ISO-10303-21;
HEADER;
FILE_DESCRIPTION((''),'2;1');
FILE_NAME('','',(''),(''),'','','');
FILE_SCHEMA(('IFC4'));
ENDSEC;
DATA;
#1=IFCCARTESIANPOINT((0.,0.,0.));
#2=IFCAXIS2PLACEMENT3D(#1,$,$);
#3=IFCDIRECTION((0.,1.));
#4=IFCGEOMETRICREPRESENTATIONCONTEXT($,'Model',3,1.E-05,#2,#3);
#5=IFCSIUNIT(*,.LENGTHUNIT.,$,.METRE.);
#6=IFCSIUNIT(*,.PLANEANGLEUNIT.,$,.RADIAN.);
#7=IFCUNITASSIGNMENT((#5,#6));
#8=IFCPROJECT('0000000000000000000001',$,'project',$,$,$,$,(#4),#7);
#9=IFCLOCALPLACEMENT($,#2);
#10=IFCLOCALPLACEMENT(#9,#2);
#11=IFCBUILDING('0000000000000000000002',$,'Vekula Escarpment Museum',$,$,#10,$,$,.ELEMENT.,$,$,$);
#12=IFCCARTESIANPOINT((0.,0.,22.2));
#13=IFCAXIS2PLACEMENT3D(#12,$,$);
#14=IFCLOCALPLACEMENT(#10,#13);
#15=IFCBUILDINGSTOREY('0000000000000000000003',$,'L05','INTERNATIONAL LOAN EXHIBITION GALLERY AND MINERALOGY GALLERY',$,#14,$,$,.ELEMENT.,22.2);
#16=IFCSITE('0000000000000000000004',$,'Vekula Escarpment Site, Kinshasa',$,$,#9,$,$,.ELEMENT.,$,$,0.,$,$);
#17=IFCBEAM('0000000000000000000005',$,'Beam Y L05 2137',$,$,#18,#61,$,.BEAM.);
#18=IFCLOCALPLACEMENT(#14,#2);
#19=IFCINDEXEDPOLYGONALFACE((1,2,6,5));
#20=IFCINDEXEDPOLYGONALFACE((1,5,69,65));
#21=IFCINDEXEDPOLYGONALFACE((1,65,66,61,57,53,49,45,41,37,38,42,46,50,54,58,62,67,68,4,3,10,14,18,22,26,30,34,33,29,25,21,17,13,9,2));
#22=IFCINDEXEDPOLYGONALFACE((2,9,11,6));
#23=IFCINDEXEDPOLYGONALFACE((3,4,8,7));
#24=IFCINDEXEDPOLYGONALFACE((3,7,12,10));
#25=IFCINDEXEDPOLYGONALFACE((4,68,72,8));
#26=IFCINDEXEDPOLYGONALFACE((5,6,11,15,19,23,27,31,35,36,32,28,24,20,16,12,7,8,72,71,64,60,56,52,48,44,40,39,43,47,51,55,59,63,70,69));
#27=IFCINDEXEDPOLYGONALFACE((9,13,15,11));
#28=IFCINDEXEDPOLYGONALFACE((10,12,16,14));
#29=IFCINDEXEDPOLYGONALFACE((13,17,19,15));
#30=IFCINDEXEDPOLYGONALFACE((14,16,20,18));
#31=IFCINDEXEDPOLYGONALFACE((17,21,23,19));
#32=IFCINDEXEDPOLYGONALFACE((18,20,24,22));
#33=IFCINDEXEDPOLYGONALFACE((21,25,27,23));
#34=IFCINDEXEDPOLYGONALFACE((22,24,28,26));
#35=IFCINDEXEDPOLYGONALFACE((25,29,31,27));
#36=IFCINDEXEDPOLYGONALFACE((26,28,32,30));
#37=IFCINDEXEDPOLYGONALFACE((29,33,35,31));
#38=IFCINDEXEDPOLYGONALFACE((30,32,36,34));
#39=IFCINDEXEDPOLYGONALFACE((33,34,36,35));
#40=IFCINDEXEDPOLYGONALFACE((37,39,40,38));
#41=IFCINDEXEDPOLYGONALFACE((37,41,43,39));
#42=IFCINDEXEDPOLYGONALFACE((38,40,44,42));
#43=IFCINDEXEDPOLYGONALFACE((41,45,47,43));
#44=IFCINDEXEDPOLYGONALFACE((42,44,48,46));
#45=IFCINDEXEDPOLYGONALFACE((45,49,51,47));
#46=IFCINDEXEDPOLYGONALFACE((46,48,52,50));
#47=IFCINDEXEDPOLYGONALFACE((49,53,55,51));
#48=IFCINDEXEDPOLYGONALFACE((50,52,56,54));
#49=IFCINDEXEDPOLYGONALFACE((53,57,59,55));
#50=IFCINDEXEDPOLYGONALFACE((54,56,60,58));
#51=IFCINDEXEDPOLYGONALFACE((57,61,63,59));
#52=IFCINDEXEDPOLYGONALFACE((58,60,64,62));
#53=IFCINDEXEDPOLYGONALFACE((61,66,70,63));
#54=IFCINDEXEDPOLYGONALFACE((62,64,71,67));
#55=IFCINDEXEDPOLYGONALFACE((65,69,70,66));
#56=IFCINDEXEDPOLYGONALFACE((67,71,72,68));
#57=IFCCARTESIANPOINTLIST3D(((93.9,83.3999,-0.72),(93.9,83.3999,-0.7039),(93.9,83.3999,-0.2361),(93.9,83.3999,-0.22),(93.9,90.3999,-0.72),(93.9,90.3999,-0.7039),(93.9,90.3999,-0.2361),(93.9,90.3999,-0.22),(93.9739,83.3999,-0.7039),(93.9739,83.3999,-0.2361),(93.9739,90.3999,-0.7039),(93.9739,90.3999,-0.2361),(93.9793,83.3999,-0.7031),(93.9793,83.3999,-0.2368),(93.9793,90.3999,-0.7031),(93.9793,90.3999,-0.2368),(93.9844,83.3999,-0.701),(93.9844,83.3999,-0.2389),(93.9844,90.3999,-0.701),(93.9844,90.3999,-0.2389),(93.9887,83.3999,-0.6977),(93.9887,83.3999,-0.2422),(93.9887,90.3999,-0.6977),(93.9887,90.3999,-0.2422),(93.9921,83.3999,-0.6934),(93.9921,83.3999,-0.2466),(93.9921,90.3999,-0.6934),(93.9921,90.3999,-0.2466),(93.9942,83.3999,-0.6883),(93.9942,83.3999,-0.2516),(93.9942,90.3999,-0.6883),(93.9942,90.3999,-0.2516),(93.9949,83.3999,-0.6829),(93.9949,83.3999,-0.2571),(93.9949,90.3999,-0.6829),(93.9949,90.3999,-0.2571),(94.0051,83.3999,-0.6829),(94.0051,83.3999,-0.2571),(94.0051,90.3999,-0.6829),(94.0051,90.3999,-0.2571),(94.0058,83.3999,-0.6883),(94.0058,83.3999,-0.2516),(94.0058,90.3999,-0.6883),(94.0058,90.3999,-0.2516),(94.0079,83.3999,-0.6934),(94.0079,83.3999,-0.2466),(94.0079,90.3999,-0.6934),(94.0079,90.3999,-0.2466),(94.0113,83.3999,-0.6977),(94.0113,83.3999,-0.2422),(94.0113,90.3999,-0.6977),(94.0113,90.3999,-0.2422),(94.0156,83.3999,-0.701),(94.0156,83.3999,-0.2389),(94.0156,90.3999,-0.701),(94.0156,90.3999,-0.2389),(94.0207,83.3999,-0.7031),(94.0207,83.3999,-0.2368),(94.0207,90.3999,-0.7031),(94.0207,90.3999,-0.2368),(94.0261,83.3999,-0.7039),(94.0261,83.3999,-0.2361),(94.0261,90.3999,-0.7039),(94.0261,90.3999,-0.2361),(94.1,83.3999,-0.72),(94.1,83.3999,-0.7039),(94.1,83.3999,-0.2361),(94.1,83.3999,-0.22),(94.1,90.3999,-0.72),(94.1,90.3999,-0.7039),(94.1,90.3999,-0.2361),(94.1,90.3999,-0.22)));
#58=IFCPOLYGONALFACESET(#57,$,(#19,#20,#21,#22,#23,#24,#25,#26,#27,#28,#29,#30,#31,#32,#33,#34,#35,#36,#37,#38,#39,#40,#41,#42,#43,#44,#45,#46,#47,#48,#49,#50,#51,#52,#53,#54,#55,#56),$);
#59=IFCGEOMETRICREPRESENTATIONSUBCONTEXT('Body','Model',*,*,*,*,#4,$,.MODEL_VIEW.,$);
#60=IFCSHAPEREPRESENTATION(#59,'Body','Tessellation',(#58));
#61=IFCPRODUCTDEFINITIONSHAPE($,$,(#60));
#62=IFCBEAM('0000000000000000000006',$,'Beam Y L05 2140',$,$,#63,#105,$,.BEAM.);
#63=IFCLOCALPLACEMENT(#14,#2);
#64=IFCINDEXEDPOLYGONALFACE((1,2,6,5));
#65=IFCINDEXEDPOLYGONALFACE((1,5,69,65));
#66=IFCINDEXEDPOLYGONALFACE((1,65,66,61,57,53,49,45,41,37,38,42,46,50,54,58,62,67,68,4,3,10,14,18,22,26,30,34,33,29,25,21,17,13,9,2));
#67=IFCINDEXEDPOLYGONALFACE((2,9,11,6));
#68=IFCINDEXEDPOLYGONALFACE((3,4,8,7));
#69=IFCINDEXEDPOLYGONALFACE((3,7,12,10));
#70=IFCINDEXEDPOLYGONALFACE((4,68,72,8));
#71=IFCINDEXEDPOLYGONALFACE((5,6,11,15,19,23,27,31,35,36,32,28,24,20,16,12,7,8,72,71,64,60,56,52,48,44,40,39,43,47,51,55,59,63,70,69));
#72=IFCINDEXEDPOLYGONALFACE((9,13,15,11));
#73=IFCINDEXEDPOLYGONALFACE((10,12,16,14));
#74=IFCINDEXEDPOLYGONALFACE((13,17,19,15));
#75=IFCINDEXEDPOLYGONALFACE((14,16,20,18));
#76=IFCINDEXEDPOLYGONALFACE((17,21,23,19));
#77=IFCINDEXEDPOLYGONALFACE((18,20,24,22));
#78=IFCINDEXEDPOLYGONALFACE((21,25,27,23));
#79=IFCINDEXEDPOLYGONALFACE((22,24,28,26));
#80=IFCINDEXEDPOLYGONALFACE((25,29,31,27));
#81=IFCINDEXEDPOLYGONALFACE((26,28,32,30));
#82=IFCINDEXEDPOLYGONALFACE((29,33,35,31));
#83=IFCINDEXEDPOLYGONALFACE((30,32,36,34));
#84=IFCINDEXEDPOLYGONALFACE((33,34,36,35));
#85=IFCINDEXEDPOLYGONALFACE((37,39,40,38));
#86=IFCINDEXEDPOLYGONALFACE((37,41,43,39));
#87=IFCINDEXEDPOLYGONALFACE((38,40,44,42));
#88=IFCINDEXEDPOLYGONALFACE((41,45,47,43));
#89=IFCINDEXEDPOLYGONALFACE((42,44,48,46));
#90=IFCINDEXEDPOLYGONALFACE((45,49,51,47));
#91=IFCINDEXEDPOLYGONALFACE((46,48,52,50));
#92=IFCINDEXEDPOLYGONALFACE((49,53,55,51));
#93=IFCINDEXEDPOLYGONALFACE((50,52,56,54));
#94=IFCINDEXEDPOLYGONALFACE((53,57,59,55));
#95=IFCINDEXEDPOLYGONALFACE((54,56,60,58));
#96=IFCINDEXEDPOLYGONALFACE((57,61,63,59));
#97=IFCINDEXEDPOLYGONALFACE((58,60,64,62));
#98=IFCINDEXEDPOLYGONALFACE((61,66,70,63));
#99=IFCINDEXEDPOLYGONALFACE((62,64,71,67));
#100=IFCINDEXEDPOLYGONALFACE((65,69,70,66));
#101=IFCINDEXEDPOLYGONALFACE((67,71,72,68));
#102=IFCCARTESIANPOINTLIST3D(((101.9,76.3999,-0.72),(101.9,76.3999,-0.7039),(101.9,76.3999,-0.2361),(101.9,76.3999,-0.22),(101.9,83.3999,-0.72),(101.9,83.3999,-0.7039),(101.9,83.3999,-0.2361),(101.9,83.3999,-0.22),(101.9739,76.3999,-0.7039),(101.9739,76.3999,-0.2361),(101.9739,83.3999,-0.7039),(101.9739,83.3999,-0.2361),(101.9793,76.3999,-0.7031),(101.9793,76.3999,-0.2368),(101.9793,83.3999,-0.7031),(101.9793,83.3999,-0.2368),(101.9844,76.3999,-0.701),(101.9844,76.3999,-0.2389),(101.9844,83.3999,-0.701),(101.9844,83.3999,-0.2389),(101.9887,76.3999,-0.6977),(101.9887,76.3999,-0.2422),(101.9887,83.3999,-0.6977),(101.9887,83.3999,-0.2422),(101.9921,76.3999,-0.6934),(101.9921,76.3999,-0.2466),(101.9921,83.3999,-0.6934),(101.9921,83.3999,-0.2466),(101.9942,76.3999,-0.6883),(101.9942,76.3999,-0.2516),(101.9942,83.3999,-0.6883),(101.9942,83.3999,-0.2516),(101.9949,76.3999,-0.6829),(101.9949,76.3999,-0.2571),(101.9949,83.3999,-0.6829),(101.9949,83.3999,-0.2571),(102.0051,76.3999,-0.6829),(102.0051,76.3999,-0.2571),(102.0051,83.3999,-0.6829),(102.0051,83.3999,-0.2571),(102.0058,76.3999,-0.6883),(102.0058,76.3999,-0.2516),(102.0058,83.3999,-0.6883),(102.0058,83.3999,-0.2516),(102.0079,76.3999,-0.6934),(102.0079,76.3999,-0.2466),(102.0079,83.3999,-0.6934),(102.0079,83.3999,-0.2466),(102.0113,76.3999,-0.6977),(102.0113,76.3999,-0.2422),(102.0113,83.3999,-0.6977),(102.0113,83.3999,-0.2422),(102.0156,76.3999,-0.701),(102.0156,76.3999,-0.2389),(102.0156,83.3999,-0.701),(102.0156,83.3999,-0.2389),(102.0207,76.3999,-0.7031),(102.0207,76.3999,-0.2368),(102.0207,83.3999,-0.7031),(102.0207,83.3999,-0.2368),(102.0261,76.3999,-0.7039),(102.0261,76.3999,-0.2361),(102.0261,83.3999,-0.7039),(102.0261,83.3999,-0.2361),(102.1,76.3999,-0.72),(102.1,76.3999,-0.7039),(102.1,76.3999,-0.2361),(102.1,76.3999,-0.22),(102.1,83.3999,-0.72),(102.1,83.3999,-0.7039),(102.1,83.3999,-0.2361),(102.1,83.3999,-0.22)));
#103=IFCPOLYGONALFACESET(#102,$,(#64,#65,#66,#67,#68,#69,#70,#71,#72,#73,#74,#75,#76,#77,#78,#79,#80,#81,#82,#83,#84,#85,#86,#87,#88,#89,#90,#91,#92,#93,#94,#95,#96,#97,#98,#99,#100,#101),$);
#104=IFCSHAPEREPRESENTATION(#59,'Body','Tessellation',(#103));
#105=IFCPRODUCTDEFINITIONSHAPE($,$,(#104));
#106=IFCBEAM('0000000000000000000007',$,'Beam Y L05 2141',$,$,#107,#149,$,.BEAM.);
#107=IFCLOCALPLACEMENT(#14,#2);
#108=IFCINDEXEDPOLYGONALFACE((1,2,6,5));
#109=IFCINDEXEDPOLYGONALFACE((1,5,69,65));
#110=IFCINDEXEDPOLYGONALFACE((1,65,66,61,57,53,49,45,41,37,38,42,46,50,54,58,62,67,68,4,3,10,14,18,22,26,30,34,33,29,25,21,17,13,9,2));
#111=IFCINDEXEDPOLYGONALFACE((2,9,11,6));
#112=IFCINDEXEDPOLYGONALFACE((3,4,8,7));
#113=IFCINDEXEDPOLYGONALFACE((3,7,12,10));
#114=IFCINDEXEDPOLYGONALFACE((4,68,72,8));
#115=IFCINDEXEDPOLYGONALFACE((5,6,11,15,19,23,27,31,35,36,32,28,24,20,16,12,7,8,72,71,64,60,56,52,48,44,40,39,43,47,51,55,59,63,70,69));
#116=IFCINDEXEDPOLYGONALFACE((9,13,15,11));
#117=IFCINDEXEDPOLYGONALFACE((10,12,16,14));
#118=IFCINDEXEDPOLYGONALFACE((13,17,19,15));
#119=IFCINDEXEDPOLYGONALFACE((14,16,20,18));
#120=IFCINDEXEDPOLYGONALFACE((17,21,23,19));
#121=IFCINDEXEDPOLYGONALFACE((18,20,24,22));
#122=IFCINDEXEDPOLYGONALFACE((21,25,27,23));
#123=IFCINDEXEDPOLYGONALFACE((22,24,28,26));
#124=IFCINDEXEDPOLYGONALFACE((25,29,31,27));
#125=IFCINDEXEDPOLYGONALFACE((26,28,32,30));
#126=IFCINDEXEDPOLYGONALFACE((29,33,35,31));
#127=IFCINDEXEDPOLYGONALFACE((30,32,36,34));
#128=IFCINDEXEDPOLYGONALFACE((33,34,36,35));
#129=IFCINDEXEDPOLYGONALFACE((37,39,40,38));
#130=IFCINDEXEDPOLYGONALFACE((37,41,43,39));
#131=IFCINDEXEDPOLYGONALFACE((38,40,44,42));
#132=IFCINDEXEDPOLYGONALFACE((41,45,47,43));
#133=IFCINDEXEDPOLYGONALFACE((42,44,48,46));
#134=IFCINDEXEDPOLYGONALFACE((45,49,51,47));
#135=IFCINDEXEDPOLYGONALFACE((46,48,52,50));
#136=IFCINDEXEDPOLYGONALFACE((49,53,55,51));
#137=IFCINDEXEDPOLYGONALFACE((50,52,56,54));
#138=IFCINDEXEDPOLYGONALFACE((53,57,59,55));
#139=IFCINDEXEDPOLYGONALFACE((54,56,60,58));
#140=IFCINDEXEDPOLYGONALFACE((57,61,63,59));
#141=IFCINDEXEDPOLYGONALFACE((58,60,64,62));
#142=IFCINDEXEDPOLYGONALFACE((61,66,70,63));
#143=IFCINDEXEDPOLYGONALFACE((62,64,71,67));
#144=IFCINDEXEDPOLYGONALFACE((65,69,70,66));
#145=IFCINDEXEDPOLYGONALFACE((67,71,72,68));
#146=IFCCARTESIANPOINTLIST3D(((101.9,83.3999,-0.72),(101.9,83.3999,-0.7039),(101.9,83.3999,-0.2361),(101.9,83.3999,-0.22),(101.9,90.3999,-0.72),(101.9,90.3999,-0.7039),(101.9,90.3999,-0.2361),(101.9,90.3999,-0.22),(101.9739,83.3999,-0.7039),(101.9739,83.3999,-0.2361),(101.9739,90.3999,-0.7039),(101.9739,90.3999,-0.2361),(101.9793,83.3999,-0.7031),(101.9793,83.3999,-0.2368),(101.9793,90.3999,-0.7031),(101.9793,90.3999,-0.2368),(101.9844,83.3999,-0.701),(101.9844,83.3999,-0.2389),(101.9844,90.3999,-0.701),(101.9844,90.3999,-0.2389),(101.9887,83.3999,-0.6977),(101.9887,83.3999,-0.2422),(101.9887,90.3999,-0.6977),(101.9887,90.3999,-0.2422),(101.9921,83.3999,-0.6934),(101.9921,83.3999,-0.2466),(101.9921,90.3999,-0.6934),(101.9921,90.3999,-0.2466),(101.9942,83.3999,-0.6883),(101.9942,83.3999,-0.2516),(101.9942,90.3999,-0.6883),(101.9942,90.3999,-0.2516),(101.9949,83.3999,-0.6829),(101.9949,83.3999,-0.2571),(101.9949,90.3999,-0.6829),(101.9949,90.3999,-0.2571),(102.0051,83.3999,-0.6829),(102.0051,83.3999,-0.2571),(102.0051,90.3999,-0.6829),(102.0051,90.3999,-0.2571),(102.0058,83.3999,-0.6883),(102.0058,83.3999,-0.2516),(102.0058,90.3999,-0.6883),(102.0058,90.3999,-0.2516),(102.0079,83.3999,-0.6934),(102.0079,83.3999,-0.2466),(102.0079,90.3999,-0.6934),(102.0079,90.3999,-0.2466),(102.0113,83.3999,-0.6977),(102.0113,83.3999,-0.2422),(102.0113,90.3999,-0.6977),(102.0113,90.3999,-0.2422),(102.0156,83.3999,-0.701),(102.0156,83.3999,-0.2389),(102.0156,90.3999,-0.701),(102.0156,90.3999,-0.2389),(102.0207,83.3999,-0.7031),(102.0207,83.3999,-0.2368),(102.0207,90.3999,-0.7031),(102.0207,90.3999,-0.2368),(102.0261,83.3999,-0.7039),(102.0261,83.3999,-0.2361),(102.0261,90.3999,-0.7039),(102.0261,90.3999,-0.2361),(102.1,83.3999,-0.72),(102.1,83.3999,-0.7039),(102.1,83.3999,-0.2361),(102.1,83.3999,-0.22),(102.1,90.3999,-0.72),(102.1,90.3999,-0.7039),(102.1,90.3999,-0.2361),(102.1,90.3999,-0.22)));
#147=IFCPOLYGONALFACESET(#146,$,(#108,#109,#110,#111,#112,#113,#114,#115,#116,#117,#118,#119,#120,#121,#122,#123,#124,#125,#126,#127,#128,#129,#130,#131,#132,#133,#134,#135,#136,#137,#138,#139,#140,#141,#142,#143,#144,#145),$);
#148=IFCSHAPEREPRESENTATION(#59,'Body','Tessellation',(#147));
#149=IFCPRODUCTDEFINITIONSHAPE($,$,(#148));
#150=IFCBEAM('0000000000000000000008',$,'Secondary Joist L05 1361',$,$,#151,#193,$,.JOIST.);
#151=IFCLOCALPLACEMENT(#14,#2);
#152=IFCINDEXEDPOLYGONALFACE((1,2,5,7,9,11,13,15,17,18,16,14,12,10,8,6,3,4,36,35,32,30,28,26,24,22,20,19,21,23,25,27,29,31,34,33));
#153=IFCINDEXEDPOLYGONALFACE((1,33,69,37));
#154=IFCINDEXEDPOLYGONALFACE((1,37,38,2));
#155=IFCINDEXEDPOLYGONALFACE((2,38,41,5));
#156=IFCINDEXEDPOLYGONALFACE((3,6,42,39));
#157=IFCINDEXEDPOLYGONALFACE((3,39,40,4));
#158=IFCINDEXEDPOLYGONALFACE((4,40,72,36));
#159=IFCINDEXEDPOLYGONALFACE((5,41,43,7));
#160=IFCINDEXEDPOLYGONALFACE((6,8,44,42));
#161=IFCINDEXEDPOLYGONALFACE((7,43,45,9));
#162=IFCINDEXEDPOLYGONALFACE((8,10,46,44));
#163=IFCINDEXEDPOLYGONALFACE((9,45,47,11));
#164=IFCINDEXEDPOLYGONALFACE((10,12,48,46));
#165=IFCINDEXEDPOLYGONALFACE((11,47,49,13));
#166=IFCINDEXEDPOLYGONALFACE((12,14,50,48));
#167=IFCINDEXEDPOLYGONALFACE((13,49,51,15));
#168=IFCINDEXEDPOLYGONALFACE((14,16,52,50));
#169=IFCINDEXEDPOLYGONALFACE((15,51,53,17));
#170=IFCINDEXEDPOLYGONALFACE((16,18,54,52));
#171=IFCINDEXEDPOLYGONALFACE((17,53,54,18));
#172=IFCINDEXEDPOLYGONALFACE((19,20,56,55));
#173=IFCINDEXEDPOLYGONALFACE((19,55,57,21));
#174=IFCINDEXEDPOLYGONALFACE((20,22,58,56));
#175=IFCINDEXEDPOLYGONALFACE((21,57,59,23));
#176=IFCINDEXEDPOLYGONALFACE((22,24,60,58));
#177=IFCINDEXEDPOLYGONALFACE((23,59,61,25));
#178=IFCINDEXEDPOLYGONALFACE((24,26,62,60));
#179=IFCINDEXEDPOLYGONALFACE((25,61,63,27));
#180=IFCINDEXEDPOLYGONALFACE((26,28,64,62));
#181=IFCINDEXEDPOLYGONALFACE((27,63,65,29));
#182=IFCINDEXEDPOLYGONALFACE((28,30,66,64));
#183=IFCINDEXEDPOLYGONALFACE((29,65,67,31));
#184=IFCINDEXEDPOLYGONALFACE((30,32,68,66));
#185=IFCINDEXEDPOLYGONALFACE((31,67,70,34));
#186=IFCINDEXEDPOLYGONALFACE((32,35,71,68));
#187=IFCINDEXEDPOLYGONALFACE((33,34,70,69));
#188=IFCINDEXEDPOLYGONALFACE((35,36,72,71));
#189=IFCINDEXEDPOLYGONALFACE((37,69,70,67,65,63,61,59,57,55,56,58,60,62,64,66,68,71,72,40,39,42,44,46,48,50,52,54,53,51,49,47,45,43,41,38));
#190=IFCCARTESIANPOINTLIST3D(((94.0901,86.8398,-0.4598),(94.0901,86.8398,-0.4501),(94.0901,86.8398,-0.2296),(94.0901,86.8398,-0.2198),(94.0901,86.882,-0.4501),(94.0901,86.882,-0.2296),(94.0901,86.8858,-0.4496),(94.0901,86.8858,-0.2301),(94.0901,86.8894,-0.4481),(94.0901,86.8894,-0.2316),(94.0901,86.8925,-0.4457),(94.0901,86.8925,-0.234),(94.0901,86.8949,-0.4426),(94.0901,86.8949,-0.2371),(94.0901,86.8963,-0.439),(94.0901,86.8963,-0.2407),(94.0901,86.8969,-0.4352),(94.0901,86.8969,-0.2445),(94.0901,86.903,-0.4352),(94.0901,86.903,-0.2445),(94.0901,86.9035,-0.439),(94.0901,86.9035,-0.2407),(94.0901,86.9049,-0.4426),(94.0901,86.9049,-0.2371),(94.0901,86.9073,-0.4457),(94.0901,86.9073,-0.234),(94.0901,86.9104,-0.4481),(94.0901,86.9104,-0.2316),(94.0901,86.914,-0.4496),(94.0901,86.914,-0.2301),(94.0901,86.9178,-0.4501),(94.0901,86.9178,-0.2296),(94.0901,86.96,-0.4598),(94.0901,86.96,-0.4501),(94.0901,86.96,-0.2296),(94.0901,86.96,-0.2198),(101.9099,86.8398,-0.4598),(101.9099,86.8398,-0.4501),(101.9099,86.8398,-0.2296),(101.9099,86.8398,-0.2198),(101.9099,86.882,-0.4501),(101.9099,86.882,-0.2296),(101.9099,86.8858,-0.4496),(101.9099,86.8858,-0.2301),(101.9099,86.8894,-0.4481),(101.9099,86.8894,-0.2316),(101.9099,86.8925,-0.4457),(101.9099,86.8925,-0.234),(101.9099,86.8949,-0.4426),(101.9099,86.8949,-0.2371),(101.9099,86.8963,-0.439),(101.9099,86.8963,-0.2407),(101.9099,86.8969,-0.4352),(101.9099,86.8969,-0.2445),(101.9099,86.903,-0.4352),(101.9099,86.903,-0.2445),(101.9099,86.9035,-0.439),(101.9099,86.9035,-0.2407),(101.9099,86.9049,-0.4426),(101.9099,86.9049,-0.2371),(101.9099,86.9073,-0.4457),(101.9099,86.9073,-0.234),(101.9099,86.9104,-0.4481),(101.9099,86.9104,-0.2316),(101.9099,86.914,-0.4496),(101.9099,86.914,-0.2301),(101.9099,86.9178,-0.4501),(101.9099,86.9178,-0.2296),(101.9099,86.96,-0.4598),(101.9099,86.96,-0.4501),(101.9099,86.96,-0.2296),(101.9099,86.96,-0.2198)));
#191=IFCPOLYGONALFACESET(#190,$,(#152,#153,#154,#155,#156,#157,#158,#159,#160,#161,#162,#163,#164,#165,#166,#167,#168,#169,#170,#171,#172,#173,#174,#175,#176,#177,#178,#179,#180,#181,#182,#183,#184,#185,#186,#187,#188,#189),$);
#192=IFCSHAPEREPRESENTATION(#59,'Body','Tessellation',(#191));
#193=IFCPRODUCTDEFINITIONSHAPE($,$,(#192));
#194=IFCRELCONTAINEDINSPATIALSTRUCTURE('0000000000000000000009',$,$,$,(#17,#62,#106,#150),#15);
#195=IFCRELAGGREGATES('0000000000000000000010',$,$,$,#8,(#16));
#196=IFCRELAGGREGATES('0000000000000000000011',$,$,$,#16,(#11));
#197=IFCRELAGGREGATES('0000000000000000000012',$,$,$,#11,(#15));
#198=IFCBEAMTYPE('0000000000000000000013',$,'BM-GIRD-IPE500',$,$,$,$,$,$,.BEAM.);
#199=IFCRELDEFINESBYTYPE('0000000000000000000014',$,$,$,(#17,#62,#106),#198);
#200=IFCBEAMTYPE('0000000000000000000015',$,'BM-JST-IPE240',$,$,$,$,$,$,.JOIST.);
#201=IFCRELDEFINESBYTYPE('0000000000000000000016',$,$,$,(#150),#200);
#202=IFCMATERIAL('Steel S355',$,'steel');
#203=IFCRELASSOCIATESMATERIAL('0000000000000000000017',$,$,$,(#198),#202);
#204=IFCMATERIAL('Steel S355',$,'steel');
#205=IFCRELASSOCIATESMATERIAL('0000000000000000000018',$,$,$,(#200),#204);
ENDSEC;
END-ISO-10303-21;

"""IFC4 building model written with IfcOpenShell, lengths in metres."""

from ifc_helpers import new_model, si_unit, direction, frame, origin, origin_2d, place, context, subcontext, project, spatial, i_section, extrude, material, material_profile, profile_set, type_object, element, save


model = new_model("IFC4")

# Units and contexts
model_context = context("Model", 3, precision=1e-05, world=origin(), true_north=direction((0.0, 1.0)))
body_context = subcontext(model_context, "Body", "Model", "MODEL_VIEW")
ifc_project = project(units=[si_unit("LENGTHUNIT", "METRE"), si_unit("PLANEANGLEUNIT", "RADIAN")], contexts=[model_context])

# Site, building, storey
site_placement = place(None, origin())
site = spatial("IfcSite", under=ifc_project, at=site_placement, Name="Vekula Escarpment Site, Kinshasa", CompositionType="ELEMENT", RefElevation=0.0)
building_placement = place(site_placement, origin())
building = spatial("IfcBuilding", under=site, at=building_placement, Name="Vekula Escarpment Museum", CompositionType="ELEMENT")
storey_placement = place(building_placement, frame((0.0, 0.0, 22.2)))
storey = spatial("IfcBuildingStorey", under=building, at=storey_placement, Name="L05", Description="INTERNATIONAL LOAN EXHIBITION GALLERY AND MINERALOGY GALLERY", CompositionType="ELEMENT", Elevation=22.2)

# Beams
ifc_material_1 = material(Name="Steel S355", Category="steel")
ifc_material_profile_1 = material_profile(ifc_material_1, i_section(OverallWidth=0.2, OverallDepth=0.5, WebThickness=0.0103, FlangeThickness=0.0161, FilletRadius=0.021, at=origin_2d()), Name="IPE 500")
ifc_profile_set_1 = profile_set([ifc_material_profile_1], Name="Steel S355")
beam_type_1 = type_object("IfcBeamType", Name="BM-GIRD-IPE500", PredefinedType="BEAM", material=ifc_profile_set_1)
for number, where, z_axis, x_axis, name in (
    (1, (94.0, 83.3999, -0.47), (0.0, 1.0, 0.0), (-1.0, 0.0, 0.0), "Beam Y L05 2137"),
    (2, (102.0, 76.3999, -0.47), (0.0, 1.0, 0.0), (-1.0, 0.0, 0.0), "Beam Y L05 2140"),
    (3, (102.0, 83.3999, -0.47), (0.0, 1.0, 0.0), (-1.0, 0.0, 0.0), "Beam Y L05 2141"),
):
    element("IfcBeam", number, at=place(storey_placement, frame(where, z_axis=z_axis, x_axis=x_axis)), inside=storey, type_object=beam_type_1, Name=name, PredefinedType="BEAM", context=body_context, shape_type="SweptSolid", body=[
        extrude(i_section(OverallWidth=0.2, OverallDepth=0.5, WebThickness=0.0103, FlangeThickness=0.0161, FilletRadius=0.021, at=origin_2d()), origin(), (0.0, 0.0, 1.0), 7.0),
    ])
ifc_material_2 = material(Name="Steel S355", Category="steel")
ifc_material_profile_2 = material_profile(ifc_material_2, i_section(OverallWidth=0.1201, OverallDepth=0.24, WebThickness=0.0061, FlangeThickness=0.0098, FilletRadius=0.0149, at=origin_2d()), Name="IPE 240")
ifc_profile_set_2 = profile_set([ifc_material_profile_2], Name="Steel S355")
beam_type_2 = type_object("IfcBeamType", Name="BM-JST-IPE240", PredefinedType="JOIST", material=ifc_profile_set_2)
for number, where, z_axis, x_axis, name in (
    (4, (94.0901, 86.8999, -0.3398), (1.0, 0.0, 0.0), (0.0, 1.0, 0.0), "Secondary Joist L05 1361"),
):
    element("IfcBeam", number, at=place(storey_placement, frame(where, z_axis=z_axis, x_axis=x_axis)), inside=storey, type_object=beam_type_2, Name=name, PredefinedType="JOIST", context=body_context, shape_type="SweptSolid", body=[
        extrude(i_section(OverallWidth=0.1201, OverallDepth=0.24, WebThickness=0.0061, FlangeThickness=0.0098, FilletRadius=0.0149, at=origin_2d()), origin(), (0.0, 0.0, 1.0), 7.8198),
    ])

save(model, "model.ifc")
